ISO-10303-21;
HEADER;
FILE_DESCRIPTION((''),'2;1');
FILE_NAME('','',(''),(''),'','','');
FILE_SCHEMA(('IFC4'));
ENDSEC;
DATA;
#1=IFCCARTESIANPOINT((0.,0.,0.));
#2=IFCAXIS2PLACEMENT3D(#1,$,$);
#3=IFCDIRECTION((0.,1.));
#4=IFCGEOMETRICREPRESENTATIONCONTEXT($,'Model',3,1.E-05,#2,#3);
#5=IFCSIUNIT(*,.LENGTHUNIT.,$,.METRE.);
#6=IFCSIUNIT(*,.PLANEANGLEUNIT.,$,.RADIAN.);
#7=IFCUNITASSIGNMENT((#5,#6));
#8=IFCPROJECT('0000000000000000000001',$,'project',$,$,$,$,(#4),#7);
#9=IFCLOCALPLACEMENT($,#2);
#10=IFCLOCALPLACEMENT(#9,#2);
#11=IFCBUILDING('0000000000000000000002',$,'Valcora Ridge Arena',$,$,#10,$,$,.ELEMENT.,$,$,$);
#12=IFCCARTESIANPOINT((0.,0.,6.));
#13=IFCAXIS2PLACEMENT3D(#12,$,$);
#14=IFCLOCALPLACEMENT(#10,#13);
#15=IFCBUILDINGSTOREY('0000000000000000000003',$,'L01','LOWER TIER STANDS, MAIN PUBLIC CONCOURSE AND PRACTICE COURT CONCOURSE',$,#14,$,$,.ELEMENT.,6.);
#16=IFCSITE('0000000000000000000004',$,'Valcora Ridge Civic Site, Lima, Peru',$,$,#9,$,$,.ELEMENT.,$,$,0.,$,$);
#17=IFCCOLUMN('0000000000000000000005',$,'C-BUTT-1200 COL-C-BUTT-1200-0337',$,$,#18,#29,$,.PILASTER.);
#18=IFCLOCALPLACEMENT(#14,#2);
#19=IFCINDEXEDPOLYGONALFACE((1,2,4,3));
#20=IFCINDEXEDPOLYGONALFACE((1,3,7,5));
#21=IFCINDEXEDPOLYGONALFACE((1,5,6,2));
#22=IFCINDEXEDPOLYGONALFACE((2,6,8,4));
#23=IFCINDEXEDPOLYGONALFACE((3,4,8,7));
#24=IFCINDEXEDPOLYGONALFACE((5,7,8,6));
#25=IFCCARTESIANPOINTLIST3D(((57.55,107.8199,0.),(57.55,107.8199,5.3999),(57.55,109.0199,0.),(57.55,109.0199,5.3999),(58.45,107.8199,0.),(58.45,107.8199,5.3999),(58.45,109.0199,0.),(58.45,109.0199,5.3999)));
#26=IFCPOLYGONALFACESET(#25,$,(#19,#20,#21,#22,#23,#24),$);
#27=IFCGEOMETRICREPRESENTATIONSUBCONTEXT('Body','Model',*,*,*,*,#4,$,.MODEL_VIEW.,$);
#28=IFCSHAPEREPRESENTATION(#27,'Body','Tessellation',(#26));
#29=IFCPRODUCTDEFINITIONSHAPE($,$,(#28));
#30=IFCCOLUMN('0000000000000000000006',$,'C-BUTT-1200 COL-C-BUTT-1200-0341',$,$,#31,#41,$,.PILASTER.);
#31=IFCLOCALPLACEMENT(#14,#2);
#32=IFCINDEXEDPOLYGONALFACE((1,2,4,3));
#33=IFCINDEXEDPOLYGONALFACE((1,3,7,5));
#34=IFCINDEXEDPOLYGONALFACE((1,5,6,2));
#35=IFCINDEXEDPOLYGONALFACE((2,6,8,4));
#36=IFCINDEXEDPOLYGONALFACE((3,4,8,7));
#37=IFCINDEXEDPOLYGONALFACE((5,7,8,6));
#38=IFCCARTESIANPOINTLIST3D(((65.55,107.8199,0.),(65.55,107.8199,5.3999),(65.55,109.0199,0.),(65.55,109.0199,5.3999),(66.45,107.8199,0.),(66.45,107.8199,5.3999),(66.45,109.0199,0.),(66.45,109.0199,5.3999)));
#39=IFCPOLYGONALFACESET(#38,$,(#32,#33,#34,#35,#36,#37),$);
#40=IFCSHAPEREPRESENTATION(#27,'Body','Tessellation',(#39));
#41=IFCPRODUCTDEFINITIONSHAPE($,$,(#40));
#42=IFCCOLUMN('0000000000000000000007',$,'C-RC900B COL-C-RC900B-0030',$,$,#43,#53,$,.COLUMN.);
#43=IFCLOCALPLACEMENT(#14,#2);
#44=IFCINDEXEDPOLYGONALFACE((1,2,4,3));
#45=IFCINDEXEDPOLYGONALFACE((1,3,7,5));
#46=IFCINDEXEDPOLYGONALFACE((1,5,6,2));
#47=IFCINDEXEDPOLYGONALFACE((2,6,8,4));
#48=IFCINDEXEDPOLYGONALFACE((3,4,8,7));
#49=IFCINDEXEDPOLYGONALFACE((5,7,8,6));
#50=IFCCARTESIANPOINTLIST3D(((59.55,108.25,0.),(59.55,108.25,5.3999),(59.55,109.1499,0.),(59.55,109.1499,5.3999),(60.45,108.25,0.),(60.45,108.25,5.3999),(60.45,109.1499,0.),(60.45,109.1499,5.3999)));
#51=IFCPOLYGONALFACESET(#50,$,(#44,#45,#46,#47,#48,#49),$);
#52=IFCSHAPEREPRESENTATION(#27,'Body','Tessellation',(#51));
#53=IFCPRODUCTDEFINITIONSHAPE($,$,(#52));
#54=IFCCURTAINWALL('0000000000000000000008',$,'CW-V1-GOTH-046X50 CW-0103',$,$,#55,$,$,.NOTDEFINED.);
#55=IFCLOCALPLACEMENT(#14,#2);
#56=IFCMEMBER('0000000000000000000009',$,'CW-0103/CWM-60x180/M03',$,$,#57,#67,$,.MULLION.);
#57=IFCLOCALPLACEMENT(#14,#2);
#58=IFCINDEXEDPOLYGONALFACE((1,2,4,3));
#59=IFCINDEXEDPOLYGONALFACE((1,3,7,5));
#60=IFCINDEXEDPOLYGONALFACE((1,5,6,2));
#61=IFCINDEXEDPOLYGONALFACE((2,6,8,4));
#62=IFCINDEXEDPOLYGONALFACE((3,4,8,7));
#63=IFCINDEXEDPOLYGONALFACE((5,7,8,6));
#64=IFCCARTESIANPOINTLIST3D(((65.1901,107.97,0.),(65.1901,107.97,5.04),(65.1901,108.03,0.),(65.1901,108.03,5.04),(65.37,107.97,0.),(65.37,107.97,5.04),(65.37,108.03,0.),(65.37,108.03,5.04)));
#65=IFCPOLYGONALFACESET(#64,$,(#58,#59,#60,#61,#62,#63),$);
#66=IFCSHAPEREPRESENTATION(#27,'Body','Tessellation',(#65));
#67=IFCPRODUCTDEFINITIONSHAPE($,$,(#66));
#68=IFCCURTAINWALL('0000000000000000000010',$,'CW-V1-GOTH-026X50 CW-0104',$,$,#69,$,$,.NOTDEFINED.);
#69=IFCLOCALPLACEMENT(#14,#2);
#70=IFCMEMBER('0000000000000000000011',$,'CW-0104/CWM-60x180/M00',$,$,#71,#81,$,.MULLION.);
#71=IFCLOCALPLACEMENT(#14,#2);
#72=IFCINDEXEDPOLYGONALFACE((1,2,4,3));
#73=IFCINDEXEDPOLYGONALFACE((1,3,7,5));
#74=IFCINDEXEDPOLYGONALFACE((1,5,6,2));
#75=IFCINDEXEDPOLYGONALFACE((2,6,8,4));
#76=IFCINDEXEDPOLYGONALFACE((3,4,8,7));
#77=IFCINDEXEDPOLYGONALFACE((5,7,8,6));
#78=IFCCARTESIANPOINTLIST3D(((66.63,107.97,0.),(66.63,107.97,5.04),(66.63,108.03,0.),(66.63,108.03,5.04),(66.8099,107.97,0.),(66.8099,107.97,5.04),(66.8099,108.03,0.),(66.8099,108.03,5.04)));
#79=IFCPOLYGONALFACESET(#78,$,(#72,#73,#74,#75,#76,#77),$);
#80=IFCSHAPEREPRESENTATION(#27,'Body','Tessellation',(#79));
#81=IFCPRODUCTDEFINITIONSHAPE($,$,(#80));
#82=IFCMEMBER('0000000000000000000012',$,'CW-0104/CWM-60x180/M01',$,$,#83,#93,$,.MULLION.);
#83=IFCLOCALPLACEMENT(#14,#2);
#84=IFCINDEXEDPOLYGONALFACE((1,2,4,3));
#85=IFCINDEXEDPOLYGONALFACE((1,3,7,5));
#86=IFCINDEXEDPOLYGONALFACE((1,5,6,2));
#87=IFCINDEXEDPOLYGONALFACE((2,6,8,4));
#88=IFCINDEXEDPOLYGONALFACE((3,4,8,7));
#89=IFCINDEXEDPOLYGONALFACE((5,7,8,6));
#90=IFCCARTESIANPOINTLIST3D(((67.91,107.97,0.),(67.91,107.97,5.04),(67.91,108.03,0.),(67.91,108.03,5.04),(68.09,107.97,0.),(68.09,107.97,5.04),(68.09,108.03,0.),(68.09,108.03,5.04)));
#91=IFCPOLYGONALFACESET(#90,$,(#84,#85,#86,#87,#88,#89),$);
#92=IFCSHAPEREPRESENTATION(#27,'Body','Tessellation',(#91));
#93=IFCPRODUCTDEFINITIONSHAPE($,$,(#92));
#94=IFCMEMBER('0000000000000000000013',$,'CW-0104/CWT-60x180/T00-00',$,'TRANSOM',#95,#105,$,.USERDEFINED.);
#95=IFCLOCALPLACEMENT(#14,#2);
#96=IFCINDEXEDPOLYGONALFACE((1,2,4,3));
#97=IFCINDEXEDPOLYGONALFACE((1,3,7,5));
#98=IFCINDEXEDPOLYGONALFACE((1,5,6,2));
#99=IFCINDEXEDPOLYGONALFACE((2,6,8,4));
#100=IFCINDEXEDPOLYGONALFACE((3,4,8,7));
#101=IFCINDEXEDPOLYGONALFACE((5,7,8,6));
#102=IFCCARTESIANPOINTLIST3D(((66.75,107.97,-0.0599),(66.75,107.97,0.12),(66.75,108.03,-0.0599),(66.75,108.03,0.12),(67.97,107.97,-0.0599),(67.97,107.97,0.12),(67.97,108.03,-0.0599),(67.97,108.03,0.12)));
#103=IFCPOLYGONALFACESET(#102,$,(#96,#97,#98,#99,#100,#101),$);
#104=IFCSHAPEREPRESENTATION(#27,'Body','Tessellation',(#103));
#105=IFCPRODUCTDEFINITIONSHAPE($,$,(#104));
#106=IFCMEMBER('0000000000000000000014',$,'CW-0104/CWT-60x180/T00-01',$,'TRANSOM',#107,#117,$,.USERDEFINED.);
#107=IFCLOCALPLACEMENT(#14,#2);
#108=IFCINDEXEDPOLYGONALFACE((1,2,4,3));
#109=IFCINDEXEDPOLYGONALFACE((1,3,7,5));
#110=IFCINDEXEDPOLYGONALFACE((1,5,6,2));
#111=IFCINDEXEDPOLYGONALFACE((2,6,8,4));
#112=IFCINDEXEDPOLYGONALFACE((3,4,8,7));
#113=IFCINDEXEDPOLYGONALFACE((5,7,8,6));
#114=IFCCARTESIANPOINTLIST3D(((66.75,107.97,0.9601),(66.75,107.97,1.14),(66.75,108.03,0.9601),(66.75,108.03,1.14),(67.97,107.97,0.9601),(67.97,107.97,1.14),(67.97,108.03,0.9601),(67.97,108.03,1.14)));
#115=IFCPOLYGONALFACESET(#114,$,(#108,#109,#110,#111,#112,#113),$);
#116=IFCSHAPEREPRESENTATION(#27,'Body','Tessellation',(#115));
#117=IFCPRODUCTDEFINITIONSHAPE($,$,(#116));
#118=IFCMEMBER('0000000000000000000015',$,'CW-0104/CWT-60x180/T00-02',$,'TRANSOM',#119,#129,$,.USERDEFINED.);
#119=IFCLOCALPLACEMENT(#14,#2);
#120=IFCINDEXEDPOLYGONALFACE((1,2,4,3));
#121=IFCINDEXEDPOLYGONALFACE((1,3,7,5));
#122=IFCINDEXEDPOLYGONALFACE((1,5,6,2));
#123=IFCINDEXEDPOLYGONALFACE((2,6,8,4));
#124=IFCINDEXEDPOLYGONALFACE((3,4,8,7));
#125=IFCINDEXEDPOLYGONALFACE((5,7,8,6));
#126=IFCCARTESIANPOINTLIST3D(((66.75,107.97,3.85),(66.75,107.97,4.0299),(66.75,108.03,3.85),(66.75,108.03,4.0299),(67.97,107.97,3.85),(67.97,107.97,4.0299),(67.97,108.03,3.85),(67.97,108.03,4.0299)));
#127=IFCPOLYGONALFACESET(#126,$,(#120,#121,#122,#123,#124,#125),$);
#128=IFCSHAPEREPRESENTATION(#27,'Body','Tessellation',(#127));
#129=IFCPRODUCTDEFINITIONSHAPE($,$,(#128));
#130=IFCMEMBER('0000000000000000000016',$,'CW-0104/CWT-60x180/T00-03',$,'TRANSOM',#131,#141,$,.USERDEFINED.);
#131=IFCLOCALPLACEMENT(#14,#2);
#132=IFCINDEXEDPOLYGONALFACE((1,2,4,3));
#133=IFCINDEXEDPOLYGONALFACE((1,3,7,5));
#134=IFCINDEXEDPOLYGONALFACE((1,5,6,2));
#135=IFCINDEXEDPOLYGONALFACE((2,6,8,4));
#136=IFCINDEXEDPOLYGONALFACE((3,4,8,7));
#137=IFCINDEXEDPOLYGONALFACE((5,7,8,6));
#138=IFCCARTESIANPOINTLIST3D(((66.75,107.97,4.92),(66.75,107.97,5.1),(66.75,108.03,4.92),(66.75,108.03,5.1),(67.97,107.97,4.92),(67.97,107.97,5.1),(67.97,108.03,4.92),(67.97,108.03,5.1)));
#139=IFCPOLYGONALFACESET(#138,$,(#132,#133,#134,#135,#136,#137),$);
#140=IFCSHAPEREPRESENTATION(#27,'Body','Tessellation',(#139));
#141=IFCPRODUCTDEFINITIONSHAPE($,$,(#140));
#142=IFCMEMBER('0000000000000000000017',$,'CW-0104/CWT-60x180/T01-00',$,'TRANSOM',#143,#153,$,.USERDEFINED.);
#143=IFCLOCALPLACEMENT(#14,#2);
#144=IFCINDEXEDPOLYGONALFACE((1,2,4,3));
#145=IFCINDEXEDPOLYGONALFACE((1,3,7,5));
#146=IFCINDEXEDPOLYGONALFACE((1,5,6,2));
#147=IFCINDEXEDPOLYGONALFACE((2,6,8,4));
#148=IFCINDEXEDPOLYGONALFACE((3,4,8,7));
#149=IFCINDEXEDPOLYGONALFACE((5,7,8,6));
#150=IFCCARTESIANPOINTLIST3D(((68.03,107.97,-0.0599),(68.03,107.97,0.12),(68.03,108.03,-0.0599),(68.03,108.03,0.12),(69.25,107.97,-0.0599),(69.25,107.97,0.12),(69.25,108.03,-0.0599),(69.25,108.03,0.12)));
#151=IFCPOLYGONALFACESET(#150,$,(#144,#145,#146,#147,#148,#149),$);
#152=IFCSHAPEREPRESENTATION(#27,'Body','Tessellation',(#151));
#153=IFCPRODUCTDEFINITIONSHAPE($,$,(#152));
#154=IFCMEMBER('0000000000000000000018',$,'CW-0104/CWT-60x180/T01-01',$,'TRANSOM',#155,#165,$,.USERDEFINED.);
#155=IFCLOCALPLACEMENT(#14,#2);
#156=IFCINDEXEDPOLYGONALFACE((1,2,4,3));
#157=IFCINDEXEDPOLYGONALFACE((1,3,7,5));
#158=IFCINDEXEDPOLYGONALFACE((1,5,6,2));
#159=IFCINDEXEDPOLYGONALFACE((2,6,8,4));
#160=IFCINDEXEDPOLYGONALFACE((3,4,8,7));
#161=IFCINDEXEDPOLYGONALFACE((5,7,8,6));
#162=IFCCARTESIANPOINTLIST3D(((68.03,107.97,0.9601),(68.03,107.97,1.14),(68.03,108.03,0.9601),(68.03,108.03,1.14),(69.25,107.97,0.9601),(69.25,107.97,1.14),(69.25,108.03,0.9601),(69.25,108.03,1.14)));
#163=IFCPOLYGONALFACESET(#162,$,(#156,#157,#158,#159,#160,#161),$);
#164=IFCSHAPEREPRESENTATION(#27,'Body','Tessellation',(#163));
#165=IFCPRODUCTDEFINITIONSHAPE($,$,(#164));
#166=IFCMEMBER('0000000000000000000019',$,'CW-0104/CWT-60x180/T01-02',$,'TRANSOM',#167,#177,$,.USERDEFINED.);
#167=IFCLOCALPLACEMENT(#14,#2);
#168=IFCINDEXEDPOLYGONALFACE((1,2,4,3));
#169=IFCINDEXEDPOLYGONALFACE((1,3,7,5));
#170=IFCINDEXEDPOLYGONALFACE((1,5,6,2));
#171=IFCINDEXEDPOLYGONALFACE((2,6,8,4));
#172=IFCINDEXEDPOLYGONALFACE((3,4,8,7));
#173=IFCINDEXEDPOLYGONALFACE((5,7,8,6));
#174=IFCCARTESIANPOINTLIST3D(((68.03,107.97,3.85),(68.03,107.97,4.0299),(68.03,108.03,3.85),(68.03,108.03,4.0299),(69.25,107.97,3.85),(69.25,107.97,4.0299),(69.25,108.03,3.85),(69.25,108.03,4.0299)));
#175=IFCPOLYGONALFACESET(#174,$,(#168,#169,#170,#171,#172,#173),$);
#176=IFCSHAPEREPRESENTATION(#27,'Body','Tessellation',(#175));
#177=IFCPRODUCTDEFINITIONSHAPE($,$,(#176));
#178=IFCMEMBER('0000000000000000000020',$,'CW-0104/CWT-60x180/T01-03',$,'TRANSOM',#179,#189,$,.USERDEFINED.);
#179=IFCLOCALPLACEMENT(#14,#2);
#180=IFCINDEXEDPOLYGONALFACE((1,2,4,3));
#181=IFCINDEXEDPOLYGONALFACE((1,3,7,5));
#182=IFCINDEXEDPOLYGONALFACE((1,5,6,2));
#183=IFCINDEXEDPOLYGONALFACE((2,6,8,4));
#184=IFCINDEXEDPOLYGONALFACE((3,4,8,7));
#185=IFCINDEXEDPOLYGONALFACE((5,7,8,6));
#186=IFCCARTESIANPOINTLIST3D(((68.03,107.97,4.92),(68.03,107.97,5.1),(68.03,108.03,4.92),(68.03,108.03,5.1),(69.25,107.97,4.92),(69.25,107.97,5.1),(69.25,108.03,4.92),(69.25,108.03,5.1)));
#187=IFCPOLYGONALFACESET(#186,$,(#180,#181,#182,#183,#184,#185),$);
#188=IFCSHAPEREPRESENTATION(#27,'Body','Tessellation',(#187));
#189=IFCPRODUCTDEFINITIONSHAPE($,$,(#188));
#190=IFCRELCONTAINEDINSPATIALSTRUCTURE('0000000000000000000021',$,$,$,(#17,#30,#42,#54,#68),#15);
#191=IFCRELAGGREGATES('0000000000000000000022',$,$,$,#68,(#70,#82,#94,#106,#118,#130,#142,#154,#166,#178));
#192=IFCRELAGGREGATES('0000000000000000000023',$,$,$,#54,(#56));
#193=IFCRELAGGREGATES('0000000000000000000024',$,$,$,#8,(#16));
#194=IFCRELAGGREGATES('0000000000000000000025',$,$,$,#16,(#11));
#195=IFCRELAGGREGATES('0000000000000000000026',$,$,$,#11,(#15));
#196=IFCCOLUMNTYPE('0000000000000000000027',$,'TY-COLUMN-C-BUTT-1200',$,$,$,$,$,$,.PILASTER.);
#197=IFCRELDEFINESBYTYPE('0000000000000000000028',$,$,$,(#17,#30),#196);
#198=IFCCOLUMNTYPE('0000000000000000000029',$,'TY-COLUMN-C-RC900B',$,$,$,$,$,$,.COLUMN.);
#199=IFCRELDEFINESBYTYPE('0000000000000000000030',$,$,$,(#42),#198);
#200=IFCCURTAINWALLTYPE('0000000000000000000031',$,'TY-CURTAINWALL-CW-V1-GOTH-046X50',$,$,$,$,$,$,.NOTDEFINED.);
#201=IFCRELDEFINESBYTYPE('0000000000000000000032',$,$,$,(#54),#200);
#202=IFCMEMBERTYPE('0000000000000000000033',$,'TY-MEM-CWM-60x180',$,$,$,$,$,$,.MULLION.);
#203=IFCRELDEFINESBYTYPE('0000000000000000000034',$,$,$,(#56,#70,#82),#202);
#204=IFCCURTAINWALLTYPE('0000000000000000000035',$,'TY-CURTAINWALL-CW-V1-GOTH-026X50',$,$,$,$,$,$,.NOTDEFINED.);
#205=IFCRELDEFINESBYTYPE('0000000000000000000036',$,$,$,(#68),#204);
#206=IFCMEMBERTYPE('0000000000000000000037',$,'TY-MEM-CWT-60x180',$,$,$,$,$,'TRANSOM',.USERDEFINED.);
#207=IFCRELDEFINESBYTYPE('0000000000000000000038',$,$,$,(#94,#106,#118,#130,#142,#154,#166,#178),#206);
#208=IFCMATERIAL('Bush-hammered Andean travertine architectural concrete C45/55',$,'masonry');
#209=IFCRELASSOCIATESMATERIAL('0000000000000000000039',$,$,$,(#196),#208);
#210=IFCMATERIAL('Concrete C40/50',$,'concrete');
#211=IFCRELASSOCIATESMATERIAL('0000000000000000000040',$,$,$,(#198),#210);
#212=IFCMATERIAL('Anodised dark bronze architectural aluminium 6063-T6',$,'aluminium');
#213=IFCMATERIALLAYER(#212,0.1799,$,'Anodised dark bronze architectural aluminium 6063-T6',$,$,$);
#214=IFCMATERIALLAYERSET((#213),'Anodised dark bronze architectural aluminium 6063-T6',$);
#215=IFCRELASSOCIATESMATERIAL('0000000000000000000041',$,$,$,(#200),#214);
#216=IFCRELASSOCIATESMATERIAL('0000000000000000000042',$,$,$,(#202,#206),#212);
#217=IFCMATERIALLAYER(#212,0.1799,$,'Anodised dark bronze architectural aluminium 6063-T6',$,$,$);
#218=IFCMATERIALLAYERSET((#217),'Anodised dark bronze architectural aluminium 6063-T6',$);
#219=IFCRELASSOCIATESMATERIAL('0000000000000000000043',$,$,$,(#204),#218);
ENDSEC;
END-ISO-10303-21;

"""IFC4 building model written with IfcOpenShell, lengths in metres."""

from ifc_helpers import new_model, si_unit, direction, frame, origin, origin_2d, place, context, subcontext, project, spatial, rectangle, extrude, material, layer, layer_set, material_profile, profile_set, type_object, element, aggregate, save


model = new_model("IFC4")

# Units and contexts
model_context = context("Model", 3, precision=1e-05, world=origin(), true_north=direction((0.0, 1.0)))
body_context = subcontext(model_context, "Body", "Model", "MODEL_VIEW")
ifc_project = project(units=[si_unit("LENGTHUNIT", "METRE"), si_unit("PLANEANGLEUNIT", "RADIAN")], contexts=[model_context])

# Site, building, storey
site_placement = place(None, origin())
site = spatial("IfcSite", under=ifc_project, at=site_placement, Name="Valcora Ridge Civic Site, Lima, Peru", CompositionType="ELEMENT", RefElevation=0.0)
building_placement = place(site_placement, origin())
building = spatial("IfcBuilding", under=site, at=building_placement, Name="Valcora Ridge Arena", CompositionType="ELEMENT")
storey_placement = place(building_placement, frame((0.0, 0.0, 6.0)))
storey = spatial("IfcBuildingStorey", under=building, at=storey_placement, Name="L01", Description="LOWER TIER STANDS, MAIN PUBLIC CONCOURSE AND PRACTICE COURT CONCOURSE", CompositionType="ELEMENT", Elevation=6.0)

# Columns
ifc_material_1 = material(Name="Bush-hammered Andean travertine architectural concrete C45/55", Category="masonry")
ifc_material_profile_1 = material_profile(ifc_material_1, rectangle(XDim=0.8999, YDim=1.2, at=origin_2d()), Name="RC 900x1200")
ifc_profile_set_1 = profile_set([ifc_material_profile_1], Name="Bush-hammered Andean travertine architectural concrete C45/55")
column_type_1 = type_object("IfcColumnType", Name="TY-COLUMN-C-BUTT-1200", PredefinedType="PILASTER", material=ifc_profile_set_1)
for number, where, z_axis, x_axis, name in (
    (1, (58.0, 108.4199, 0.0), (0.0, 0.0, 1.0), (1.0, 0.0, 0.0), "C-BUTT-1200 COL-C-BUTT-1200-0337"),
    (2, (66.0, 108.4199, 0.0), (0.0, 0.0, 1.0), (1.0, 0.0, 0.0), "C-BUTT-1200 COL-C-BUTT-1200-0341"),
):
    element("IfcColumn", number, at=place(storey_placement, frame(where, z_axis=z_axis, x_axis=x_axis)), inside=storey, type_object=column_type_1, Name=name, PredefinedType="PILASTER", context=body_context, shape_type="SweptSolid", body=[
        extrude(rectangle(XDim=0.8999, YDim=1.2, at=origin_2d()), origin(), (0.0, 0.0, 1.0), 5.3999),
    ])
ifc_material_2 = material(Name="Concrete C40/50", Category="concrete")
ifc_material_profile_2 = material_profile(ifc_material_2, rectangle(XDim=0.8999, YDim=0.8999, at=origin_2d()), Name="RC 900x900")
ifc_profile_set_2 = profile_set([ifc_material_profile_2], Name="Concrete C40/50")
column_type_2 = type_object("IfcColumnType", Name="TY-COLUMN-C-RC900B", PredefinedType="COLUMN", material=ifc_profile_set_2)
column_placement = place(storey_placement, frame((60.0, 108.7, 0.0), z_axis=(0.0, 0.0, 1.0), x_axis=(1.0, 0.0, 0.0)))
element("IfcColumn", 3, at=column_placement, inside=storey, type_object=column_type_2, Name="C-RC900B COL-C-RC900B-0030", PredefinedType="COLUMN", context=body_context, shape_type="SweptSolid", body=[
    extrude(rectangle(XDim=0.8999, YDim=0.8999, at=origin_2d()), origin(), (0.0, 0.0, 1.0), 5.3999),
])

# Curtain wall, member
ifc_material_3 = material(Name="Anodised dark bronze architectural aluminium 6063-T6", Category="aluminium")
ifc_layer_1 = layer(ifc_material_3, 0.1799, Name="Anodised dark bronze architectural aluminium 6063-T6")
ifc_layer_set_1 = layer_set([ifc_layer_1], Name="Anodised dark bronze architectural aluminium 6063-T6")
curtain_wall_type_1 = type_object("IfcCurtainWallType", Name="TY-CURTAINWALL-CW-V1-GOTH-046X50", PredefinedType="NOTDEFINED", material=ifc_layer_set_1)
curtain_wall_1_placement = place(storey_placement, origin())
curtain_wall_1 = element("IfcCurtainWall", 4, at=curtain_wall_1_placement, inside=storey, type_object=curtain_wall_type_1, Name="CW-V1-GOTH-046X50 CW-0103", PredefinedType="NOTDEFINED")
ifc_material_profile_3 = material_profile(ifc_material_3, rectangle(XDim=0.0601, YDim=0.1799, at=origin_2d()), Name="ALU MULLION 60x180")
ifc_profile_set_3 = profile_set([ifc_material_profile_3], Name="Anodised dark bronze architectural aluminium 6063-T6")
member_type_1 = type_object("IfcMemberType", Name="TY-MEM-CWM-60x180", PredefinedType="MULLION", material=ifc_profile_set_3)
member_1_placement = place(storey_placement, frame((65.28, 108.0, 0.0), z_axis=(0.0, 0.0, 1.0), x_axis=(0.0, 1.0, 0.0)))
member_1 = element("IfcMember", 5, at=member_1_placement, type_object=member_type_1, Name="CW-0103/CWM-60x180/M03", PredefinedType="MULLION", context=body_context, shape_type="SweptSolid", body=[
    extrude(rectangle(XDim=0.0601, YDim=0.1799, at=origin_2d()), origin(), (0.0, 0.0, 1.0), 5.04),
])

# Curtain wall, members
ifc_layer_2 = layer(ifc_material_3, 0.1799, Name="Anodised dark bronze architectural aluminium 6063-T6")
ifc_layer_set_2 = layer_set([ifc_layer_2], Name="Anodised dark bronze architectural aluminium 6063-T6")
curtain_wall_type_2 = type_object("IfcCurtainWallType", Name="TY-CURTAINWALL-CW-V1-GOTH-026X50", PredefinedType="NOTDEFINED", material=ifc_layer_set_2)
curtain_wall_2_placement = place(storey_placement, origin())
curtain_wall_2 = element("IfcCurtainWall", 6, at=curtain_wall_2_placement, inside=storey, type_object=curtain_wall_type_2, Name="CW-V1-GOTH-026X50 CW-0104", PredefinedType="NOTDEFINED")
member_2_placement = place(storey_placement, frame((66.72, 108.0, 0.0), z_axis=(0.0, 0.0, 1.0), x_axis=(0.0, 1.0, 0.0)))
member_2 = element("IfcMember", 7, at=member_2_placement, type_object=member_type_1, Name="CW-0104/CWM-60x180/M00", PredefinedType="MULLION", context=body_context, shape_type="SweptSolid", body=[
    extrude(rectangle(XDim=0.0601, YDim=0.1799, at=origin_2d()), origin(), (0.0, 0.0, 1.0), 5.04),
])
member_3_placement = place(storey_placement, frame((68.0, 108.0, 0.0), z_axis=(0.0, 0.0, 1.0), x_axis=(0.0, 1.0, 0.0)))
member_3 = element("IfcMember", 8, at=member_3_placement, type_object=member_type_1, Name="CW-0104/CWM-60x180/M01", PredefinedType="MULLION", context=body_context, shape_type="SweptSolid", body=[
    extrude(rectangle(XDim=0.0601, YDim=0.1799, at=origin_2d()), origin(), (0.0, 0.0, 1.0), 5.04),
])
ifc_material_profile_4 = material_profile(ifc_material_3, rectangle(XDim=0.0601, YDim=0.1799, at=origin_2d()), Name="ALU TRANSOM 60x180")
ifc_profile_set_4 = profile_set([ifc_material_profile_4], Name="Anodised dark bronze architectural aluminium 6063-T6")
member_type_2 = type_object("IfcMemberType", Name="TY-MEM-CWT-60x180", ElementType="TRANSOM", PredefinedType="USERDEFINED", material=ifc_profile_set_4)
member_4_placement = place(storey_placement, frame((66.75, 108.0, 0.03), z_axis=(1.0, 0.0, 0.0), x_axis=(0.0, 1.0, 0.0)))
member_4 = element("IfcMember", 9, at=member_4_placement, type_object=member_type_2, Name="CW-0104/CWT-60x180/T00-00", ObjectType="TRANSOM", PredefinedType="USERDEFINED", context=body_context, shape_type="SweptSolid", body=[
    extrude(rectangle(XDim=0.0601, YDim=0.1799, at=origin_2d()), origin(), (0.0, 0.0, 1.0), 1.22),
])
member_5_placement = place(storey_placement, frame((66.75, 108.0, 1.05), z_axis=(1.0, 0.0, 0.0), x_axis=(0.0, 1.0, 0.0)))
member_5 = element("IfcMember", 10, at=member_5_placement, type_object=member_type_2, Name="CW-0104/CWT-60x180/T00-01", ObjectType="TRANSOM", PredefinedType="USERDEFINED", context=body_context, shape_type="SweptSolid", body=[
    extrude(rectangle(XDim=0.0601, YDim=0.1799, at=origin_2d()), origin(), (0.0, 0.0, 1.0), 1.22),
])
member_6_placement = place(storey_placement, frame((66.75, 108.0, 3.9399), z_axis=(1.0, 0.0, 0.0), x_axis=(0.0, 1.0, 0.0)))
member_6 = element("IfcMember", 11, at=member_6_placement, type_object=member_type_2, Name="CW-0104/CWT-60x180/T00-02", ObjectType="TRANSOM", PredefinedType="USERDEFINED", context=body_context, shape_type="SweptSolid", body=[
    extrude(rectangle(XDim=0.0601, YDim=0.1799, at=origin_2d()), origin(), (0.0, 0.0, 1.0), 1.22),
])
member_7_placement = place(storey_placement, frame((66.75, 108.0, 5.01), z_axis=(1.0, 0.0, 0.0), x_axis=(0.0, 1.0, 0.0)))
member_7 = element("IfcMember", 12, at=member_7_placement, type_object=member_type_2, Name="CW-0104/CWT-60x180/T00-03", ObjectType="TRANSOM", PredefinedType="USERDEFINED", context=body_context, shape_type="SweptSolid", body=[
    extrude(rectangle(XDim=0.0601, YDim=0.1799, at=origin_2d()), origin(), (0.0, 0.0, 1.0), 1.22),
])
member_8_placement = place(storey_placement, frame((68.03, 108.0, 0.03), z_axis=(1.0, 0.0, 0.0), x_axis=(0.0, 1.0, 0.0)))
member_8 = element("IfcMember", 13, at=member_8_placement, type_object=member_type_2, Name="CW-0104/CWT-60x180/T01-00", ObjectType="TRANSOM", PredefinedType="USERDEFINED", context=body_context, shape_type="SweptSolid", body=[
    extrude(rectangle(XDim=0.0601, YDim=0.1799, at=origin_2d()), origin(), (0.0, 0.0, 1.0), 1.22),
])
member_9_placement = place(storey_placement, frame((68.03, 108.0, 1.05), z_axis=(1.0, 0.0, 0.0), x_axis=(0.0, 1.0, 0.0)))
member_9 = element("IfcMember", 14, at=member_9_placement, type_object=member_type_2, Name="CW-0104/CWT-60x180/T01-01", ObjectType="TRANSOM", PredefinedType="USERDEFINED", context=body_context, shape_type="SweptSolid", body=[
    extrude(rectangle(XDim=0.0601, YDim=0.1799, at=origin_2d()), origin(), (0.0, 0.0, 1.0), 1.22),
])
member_10_placement = place(storey_placement, frame((68.03, 108.0, 3.9399), z_axis=(1.0, 0.0, 0.0), x_axis=(0.0, 1.0, 0.0)))
member_10 = element("IfcMember", 15, at=member_10_placement, type_object=member_type_2, Name="CW-0104/CWT-60x180/T01-02", ObjectType="TRANSOM", PredefinedType="USERDEFINED", context=body_context, shape_type="SweptSolid", body=[
    extrude(rectangle(XDim=0.0601, YDim=0.1799, at=origin_2d()), origin(), (0.0, 0.0, 1.0), 1.22),
])
member_11_placement = place(storey_placement, frame((68.03, 108.0, 5.01), z_axis=(1.0, 0.0, 0.0), x_axis=(0.0, 1.0, 0.0)))
member_11 = element("IfcMember", 16, at=member_11_placement, type_object=member_type_2, Name="CW-0104/CWT-60x180/T01-03", ObjectType="TRANSOM", PredefinedType="USERDEFINED", context=body_context, shape_type="SweptSolid", body=[
    extrude(rectangle(XDim=0.0601, YDim=0.1799, at=origin_2d()), origin(), (0.0, 0.0, 1.0), 1.22),
])
aggregate(curtain_wall_2, [member_2, member_3, member_4, member_5, member_6, member_7, member_8, member_9, member_10, member_11])

aggregate(curtain_wall_1, [member_1])

save(model, "model.ifc")
